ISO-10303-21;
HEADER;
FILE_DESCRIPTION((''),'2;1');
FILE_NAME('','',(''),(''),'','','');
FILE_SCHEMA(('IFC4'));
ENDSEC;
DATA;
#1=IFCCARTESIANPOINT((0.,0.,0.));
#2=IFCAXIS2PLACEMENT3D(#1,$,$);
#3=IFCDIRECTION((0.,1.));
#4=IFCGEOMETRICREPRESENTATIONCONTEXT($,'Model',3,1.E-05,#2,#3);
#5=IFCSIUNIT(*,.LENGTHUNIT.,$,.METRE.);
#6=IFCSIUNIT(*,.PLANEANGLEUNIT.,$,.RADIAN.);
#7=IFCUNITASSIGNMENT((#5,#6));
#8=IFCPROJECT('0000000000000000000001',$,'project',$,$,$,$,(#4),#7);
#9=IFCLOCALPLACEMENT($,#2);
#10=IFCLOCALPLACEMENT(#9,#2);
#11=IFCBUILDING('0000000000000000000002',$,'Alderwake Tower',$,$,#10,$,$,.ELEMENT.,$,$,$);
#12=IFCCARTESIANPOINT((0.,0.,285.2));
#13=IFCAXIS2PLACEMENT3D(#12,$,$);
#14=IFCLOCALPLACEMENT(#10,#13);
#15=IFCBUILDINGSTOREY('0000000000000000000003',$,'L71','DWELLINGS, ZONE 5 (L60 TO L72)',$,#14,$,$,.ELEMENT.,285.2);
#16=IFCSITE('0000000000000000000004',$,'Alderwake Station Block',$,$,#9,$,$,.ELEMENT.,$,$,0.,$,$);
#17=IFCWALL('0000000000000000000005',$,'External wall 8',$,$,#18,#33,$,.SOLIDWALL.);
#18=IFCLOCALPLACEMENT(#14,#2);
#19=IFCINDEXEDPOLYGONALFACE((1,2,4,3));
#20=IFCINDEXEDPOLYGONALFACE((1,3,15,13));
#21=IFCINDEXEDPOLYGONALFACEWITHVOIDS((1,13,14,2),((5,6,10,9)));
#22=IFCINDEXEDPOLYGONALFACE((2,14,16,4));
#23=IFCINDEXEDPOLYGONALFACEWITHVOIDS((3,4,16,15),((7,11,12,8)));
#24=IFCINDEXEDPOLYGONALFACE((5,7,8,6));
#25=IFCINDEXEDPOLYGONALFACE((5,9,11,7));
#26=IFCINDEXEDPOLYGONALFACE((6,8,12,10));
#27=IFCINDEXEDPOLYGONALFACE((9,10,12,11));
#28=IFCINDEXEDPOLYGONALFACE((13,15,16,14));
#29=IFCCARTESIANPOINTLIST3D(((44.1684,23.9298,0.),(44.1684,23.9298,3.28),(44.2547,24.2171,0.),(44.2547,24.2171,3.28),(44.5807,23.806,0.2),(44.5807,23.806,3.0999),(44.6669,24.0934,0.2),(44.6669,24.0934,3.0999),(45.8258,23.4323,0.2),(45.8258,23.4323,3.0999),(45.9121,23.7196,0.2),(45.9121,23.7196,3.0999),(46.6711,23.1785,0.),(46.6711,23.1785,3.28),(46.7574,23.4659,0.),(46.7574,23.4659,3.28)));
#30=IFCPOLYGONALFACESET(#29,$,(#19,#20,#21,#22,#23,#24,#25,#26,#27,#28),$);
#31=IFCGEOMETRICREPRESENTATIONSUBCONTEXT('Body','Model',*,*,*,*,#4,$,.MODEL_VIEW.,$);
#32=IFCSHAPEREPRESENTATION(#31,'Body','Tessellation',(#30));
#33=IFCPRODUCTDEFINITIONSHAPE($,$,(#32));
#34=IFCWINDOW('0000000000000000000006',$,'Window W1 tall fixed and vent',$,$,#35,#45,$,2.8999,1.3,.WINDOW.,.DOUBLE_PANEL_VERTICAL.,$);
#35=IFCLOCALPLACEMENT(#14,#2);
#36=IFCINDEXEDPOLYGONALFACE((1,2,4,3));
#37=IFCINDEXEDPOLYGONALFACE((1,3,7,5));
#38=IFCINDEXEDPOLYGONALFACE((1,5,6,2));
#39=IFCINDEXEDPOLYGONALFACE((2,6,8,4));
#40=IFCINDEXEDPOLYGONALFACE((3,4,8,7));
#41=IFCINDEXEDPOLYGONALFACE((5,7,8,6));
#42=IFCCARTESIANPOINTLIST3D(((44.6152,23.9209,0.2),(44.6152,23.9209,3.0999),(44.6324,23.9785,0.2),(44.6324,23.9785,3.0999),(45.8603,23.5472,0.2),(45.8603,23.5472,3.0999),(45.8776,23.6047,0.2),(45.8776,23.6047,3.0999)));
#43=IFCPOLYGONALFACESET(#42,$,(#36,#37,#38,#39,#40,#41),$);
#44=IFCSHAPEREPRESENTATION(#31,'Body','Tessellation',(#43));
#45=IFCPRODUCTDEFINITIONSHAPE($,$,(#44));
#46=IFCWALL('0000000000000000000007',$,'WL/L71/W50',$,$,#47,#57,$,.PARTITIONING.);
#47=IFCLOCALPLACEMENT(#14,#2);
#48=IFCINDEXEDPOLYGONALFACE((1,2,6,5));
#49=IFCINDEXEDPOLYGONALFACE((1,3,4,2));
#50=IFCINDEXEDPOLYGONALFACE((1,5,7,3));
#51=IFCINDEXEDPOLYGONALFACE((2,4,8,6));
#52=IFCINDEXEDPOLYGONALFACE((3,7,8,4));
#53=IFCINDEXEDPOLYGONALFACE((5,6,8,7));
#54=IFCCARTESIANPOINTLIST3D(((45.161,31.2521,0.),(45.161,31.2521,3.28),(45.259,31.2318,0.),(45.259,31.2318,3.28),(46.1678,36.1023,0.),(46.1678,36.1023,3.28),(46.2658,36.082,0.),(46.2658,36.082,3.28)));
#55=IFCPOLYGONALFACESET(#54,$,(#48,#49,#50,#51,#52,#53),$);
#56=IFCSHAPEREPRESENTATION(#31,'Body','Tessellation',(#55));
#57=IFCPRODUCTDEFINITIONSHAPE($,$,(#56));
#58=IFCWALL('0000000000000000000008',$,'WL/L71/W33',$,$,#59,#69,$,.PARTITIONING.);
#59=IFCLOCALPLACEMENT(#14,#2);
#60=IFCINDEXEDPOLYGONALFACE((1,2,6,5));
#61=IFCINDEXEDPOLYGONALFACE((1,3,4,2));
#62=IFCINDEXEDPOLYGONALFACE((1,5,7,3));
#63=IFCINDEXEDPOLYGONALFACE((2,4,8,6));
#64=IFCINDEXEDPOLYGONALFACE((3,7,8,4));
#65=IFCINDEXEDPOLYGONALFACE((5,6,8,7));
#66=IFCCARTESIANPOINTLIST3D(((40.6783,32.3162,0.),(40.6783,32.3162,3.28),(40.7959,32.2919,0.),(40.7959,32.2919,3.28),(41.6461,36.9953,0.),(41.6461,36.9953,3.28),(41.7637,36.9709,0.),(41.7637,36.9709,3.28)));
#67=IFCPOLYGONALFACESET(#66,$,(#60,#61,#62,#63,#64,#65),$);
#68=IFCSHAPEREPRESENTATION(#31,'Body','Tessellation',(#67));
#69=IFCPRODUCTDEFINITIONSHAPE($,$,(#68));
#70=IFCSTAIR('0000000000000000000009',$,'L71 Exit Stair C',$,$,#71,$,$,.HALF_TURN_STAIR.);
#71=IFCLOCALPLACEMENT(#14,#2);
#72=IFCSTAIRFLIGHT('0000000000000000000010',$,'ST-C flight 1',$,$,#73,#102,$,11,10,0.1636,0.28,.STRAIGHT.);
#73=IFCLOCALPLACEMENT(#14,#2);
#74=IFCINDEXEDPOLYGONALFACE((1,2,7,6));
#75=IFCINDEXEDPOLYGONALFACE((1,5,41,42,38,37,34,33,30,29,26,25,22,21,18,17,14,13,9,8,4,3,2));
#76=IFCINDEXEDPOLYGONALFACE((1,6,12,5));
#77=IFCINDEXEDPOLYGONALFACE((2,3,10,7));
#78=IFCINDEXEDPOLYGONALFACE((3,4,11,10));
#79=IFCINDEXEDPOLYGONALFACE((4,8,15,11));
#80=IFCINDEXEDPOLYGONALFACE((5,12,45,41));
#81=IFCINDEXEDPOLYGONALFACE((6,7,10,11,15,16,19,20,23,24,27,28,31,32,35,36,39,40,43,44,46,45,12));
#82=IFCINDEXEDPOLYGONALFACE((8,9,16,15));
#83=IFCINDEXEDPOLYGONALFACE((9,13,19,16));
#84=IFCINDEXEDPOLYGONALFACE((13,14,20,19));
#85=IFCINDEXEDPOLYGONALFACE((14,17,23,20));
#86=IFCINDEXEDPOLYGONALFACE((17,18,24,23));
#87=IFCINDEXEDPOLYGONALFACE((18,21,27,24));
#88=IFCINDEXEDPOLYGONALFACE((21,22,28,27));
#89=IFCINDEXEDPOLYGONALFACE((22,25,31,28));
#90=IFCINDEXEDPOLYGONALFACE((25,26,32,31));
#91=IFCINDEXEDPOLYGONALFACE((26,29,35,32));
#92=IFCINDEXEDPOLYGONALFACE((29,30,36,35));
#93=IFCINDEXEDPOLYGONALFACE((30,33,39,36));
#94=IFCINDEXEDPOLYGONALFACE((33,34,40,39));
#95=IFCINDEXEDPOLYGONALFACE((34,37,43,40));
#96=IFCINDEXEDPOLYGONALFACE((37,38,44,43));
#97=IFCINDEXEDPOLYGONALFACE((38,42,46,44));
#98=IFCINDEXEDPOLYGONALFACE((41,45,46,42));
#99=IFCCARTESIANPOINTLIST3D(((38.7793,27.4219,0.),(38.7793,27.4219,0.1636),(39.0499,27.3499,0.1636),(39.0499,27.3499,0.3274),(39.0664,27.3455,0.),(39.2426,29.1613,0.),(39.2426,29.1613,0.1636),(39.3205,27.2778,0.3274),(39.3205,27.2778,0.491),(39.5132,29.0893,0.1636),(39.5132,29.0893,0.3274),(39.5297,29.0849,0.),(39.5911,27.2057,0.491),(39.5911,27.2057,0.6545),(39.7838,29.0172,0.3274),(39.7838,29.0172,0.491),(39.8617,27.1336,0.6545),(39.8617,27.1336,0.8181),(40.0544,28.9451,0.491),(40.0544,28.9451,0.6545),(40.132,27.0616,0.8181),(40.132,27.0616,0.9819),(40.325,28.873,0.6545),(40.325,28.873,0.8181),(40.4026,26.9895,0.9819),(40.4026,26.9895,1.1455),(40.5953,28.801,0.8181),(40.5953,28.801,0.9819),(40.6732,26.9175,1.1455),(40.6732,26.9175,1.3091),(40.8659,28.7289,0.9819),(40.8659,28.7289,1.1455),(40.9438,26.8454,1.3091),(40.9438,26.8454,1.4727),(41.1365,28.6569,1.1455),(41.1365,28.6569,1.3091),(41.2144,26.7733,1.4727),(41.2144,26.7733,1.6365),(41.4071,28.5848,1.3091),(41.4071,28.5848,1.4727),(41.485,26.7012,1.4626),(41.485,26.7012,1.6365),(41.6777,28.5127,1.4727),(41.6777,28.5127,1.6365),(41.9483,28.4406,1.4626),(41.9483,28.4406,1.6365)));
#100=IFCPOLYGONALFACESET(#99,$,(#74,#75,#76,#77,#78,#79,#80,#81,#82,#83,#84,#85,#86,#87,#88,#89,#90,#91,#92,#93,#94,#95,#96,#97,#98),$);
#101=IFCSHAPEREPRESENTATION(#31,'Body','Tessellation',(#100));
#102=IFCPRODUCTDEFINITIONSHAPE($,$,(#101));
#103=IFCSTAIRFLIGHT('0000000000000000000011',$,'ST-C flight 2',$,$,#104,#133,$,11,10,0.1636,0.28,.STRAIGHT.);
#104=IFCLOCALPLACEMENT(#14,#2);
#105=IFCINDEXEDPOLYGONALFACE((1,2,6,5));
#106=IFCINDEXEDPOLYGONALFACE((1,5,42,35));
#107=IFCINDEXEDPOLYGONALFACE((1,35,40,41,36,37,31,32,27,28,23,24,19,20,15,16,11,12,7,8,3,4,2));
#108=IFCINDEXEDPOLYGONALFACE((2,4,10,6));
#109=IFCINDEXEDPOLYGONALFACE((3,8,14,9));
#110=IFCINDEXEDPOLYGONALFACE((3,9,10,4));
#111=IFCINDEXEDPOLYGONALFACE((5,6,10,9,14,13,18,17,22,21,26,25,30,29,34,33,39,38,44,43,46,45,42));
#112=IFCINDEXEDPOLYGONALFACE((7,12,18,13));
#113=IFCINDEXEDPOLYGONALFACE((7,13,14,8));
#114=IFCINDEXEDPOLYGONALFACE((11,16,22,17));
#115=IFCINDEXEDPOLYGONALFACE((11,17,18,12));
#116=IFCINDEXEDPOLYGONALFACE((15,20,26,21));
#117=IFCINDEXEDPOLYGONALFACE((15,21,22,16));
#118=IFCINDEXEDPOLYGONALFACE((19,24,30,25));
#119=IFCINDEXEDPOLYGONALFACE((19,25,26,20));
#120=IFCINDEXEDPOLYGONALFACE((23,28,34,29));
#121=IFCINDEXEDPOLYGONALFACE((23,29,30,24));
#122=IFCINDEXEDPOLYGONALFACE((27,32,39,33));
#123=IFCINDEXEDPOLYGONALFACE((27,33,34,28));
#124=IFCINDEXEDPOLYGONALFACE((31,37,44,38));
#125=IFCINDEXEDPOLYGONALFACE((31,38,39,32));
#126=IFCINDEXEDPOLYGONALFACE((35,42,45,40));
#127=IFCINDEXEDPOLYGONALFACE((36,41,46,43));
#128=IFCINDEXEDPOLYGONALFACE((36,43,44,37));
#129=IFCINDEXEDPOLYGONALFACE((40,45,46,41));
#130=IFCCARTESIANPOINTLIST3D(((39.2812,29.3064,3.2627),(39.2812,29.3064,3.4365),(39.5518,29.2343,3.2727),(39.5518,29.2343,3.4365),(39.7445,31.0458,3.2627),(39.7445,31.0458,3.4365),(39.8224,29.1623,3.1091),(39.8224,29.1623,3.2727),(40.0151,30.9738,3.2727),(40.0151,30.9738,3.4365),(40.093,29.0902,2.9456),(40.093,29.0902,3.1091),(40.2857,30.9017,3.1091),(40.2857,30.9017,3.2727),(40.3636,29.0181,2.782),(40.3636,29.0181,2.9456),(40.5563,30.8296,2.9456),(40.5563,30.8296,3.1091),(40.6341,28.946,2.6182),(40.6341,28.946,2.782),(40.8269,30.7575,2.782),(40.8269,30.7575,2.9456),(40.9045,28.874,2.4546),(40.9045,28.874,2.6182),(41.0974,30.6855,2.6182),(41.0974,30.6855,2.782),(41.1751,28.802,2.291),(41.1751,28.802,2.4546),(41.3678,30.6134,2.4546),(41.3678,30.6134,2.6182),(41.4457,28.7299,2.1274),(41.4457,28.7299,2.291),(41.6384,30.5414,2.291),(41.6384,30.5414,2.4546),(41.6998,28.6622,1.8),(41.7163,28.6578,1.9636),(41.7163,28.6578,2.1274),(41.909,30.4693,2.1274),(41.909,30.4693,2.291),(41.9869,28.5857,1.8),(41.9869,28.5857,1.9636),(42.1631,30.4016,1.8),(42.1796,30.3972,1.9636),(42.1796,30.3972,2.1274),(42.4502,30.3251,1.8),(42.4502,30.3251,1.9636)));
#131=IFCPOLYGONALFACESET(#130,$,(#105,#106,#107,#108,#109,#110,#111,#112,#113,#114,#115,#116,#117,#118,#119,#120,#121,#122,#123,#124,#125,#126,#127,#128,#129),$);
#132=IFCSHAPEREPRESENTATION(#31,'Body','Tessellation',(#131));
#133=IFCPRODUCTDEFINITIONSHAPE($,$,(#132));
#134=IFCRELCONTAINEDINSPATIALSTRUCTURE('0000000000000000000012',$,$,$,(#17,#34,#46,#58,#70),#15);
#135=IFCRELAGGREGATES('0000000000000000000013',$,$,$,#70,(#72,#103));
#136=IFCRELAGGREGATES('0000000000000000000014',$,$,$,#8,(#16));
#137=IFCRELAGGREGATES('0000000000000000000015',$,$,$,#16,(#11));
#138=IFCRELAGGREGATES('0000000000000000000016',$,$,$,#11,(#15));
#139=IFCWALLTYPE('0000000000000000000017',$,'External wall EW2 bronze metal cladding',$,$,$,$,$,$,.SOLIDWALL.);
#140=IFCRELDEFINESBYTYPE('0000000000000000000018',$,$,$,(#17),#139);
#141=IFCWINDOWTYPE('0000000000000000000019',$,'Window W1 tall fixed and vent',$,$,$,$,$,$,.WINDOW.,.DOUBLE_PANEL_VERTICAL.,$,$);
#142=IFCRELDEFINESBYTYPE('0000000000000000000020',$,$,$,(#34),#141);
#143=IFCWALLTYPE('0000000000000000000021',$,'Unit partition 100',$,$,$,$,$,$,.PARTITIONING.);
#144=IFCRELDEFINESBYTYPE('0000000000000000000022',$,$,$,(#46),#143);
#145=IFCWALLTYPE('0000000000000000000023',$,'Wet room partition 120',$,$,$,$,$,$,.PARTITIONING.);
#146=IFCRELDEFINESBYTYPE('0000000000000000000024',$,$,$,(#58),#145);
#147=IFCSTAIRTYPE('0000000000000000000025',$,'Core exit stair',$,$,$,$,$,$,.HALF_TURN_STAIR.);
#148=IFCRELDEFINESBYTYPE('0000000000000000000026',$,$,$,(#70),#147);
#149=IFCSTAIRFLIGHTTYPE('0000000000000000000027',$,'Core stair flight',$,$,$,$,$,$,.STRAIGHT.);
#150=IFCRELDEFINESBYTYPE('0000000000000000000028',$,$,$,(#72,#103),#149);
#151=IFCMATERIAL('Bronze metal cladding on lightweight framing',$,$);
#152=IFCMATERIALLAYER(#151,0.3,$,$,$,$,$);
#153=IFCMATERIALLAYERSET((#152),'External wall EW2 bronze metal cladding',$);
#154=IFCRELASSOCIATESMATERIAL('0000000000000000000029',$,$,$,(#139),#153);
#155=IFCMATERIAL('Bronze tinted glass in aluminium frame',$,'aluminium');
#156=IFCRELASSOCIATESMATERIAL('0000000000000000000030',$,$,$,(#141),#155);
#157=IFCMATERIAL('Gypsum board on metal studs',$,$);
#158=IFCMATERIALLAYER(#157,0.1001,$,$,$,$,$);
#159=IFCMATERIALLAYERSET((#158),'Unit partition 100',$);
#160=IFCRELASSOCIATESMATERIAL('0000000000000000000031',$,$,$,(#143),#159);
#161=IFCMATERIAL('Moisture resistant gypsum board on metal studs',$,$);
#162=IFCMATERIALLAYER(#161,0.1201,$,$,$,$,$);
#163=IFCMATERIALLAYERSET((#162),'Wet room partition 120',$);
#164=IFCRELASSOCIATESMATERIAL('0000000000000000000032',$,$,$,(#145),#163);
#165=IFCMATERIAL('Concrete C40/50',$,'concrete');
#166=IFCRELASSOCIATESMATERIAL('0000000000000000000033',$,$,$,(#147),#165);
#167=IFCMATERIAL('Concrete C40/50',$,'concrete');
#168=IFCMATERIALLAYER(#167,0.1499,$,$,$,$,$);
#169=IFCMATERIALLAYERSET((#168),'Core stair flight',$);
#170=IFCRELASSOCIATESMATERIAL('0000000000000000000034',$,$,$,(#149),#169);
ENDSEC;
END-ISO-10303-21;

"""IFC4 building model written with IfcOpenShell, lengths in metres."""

from ifc_helpers import new_model, si_unit, direction, frame, frame_2d, origin, place, context, subcontext, project, spatial, polyline, rectangle, outline, extrude, material, layer, layer_set, type_object, element, fill, aggregate, save


model = new_model("IFC4")

# Units and contexts
model_context = context("Model", 3, precision=1e-05, world=origin(), true_north=direction((0.0, 1.0)))
body_context = subcontext(model_context, "Body", "Model", "MODEL_VIEW")
ifc_project = project(units=[si_unit("LENGTHUNIT", "METRE"), si_unit("PLANEANGLEUNIT", "RADIAN")], contexts=[model_context])

# Site, building, storey
site_placement = place(None, origin())
site = spatial("IfcSite", under=ifc_project, at=site_placement, Name="Alderwake Station Block", CompositionType="ELEMENT", RefElevation=0.0)
building_placement = place(site_placement, origin())
building = spatial("IfcBuilding", under=site, at=building_placement, Name="Alderwake Tower", CompositionType="ELEMENT")
storey_placement = place(building_placement, frame((0.0, 0.0, 285.2)))
storey = spatial("IfcBuildingStorey", under=building, at=storey_placement, Name="L71", Description="DWELLINGS, ZONE 5 (L60 TO L72)", CompositionType="ELEMENT", Elevation=285.2)

# Shared definitions
ifc_material_1 = material(Name="Bronze metal cladding on lightweight framing")
ifc_layer_1 = layer(ifc_material_1, 0.3)
ifc_layer_set_1 = layer_set([ifc_layer_1], Name="External wall EW2 bronze metal cladding")
wall_type_1 = type_object("IfcWallType", Name="External wall EW2 bronze metal cladding", PredefinedType="SOLIDWALL", material=ifc_layer_set_1)
ifc_material_2 = material(Name="Bronze tinted glass in aluminium frame", Category="aluminium")
window_type = type_object("IfcWindowType", Name="Window W1 tall fixed and vent", PartitioningType="DOUBLE_PANEL_VERTICAL", PredefinedType="WINDOW", material=ifc_material_2)

# Wall, opening, window
wall_1_placement = place(storey_placement, frame((44.2114, 24.0735, 0.0), z_axis=(0.0, 0.0, 1.0), x_axis=(0.957783, -0.287494, 0.0)))
wall_1 = element("IfcWall", 1, at=wall_1_placement, inside=storey, type_object=wall_type_1, Name="External wall 8", PredefinedType="SOLIDWALL", context=body_context, shape_type="SweptSolid", body=[
    extrude(rectangle(XDim=2.613, YDim=0.3, at=frame_2d((1.3066, 0.0))), origin(), (0.0, 0.0, 1.0), 3.28),
])
opening_1_placement = place(wall_1_placement, frame((0.4307, 0.0, 0.2)))
opening_1 = element("IfcOpeningElement", 2, at=opening_1_placement, cuts=wall_1, PredefinedType="OPENING", context=body_context, shape_type="SweptSolid", body=[
    extrude(rectangle(XDim=1.3, YDim=2.8999, at=frame_2d((0.6499, 1.45))), frame((0.0, 0.1599, 0.0), z_axis=(0.0, -1.0, 0.0), x_axis=(1.0, 0.0, 0.0)), (0.0, 0.0, 1.0), 0.3201),
])
window_1_placement = place(opening_1_placement, origin())
window_1 = element("IfcWindow", 3, at=window_1_placement, inside=storey, type_object=window_type, Name="Window W1 tall fixed and vent", OverallHeight=2.8999, OverallWidth=1.3, PartitioningType="DOUBLE_PANEL_VERTICAL", PredefinedType="WINDOW", context=body_context, shape_type="SweptSolid", body=[
    extrude(rectangle(XDim=1.3, YDim=2.8999, at=frame_2d((0.6499, 1.45))), frame((0.0, 0.03, 0.0), z_axis=(0.0, -1.0, 0.0), x_axis=(1.0, 0.0, 0.0)), (0.0, 0.0, 1.0), 0.0601),
])
fill(opening_1, window_1)

# Walls
ifc_material_3 = material(Name="Gypsum board on metal studs")
ifc_layer_2 = layer(ifc_material_3, 0.1001)
ifc_layer_set_2 = layer_set([ifc_layer_2], Name="Unit partition 100")
wall_type_2 = type_object("IfcWallType", Name="Unit partition 100", PredefinedType="PARTITIONING", material=ifc_layer_set_2)
wall_2_placement = place(storey_placement, frame((45.21, 31.2419, 0.0), z_axis=(0.0, 0.0, 1.0), x_axis=(0.203257, 0.979125, 0.0)))
element("IfcWall", 4, at=wall_2_placement, inside=storey, type_object=wall_type_2, Name="WL/L71/W50", PredefinedType="PARTITIONING", context=body_context, shape_type="SweptSolid", body=[
    extrude(rectangle(XDim=4.9536, YDim=0.1001, at=frame_2d((2.4768, 0.0))), origin(), (0.0, 0.0, 1.0), 3.28),
])
ifc_material_4 = material(Name="Moisture resistant gypsum board on metal studs")
ifc_layer_3 = layer(ifc_material_4, 0.1201)
ifc_layer_set_3 = layer_set([ifc_layer_3], Name="Wet room partition 120")
wall_type_3 = type_object("IfcWallType", Name="Wet room partition 120", PredefinedType="PARTITIONING", material=ifc_layer_set_3)
wall_3_placement = place(storey_placement, frame((40.7371, 32.304, 0.0), z_axis=(0.0, 0.0, 1.0), x_axis=(0.202548, 0.979272, 0.0)))
element("IfcWall", 5, at=wall_3_placement, inside=storey, type_object=wall_type_3, Name="WL/L71/W33", PredefinedType="PARTITIONING", context=body_context, shape_type="SweptSolid", body=[
    extrude(rectangle(XDim=4.7781, YDim=0.1201, at=frame_2d((2.3892, 0.0))), origin(), (0.0, 0.0, 1.0), 3.28),
])

# Stair, stair flights
ifc_material_5 = material(Name="Concrete C40/50", Category="concrete")
stair_type = type_object("IfcStairType", Name="Core exit stair", PredefinedType="HALF_TURN_STAIR", material=ifc_material_5)
stair_placement = place(storey_placement, origin())
stair = element("IfcStair", 6, at=stair_placement, inside=storey, type_object=stair_type, Name="L71 Exit Stair C", PredefinedType="HALF_TURN_STAIR")
ifc_material_6 = material(Name="Concrete C40/50", Category="concrete")
ifc_layer_4 = layer(ifc_material_6, 0.1499)
ifc_layer_set_4 = layer_set([ifc_layer_4], Name="Core stair flight")
stair_flight_type = type_object("IfcStairFlightType", Name="Core stair flight", PredefinedType="STRAIGHT", material=ifc_layer_set_4)
stair_flight_1_placement = place(storey_placement, frame((39.011, 28.2917, 0.0), z_axis=(0.0, 0.0, 1.0), x_axis=(0.96631, -0.257382, 0.0)))
stair_flight_1 = element("IfcStairFlight", 7, at=stair_flight_1_placement, type_object=stair_flight_type, Name="ST-C flight 1", NumberOfRisers=11, NumberOfTreads=10, PredefinedType="STRAIGHT", RiserHeight=0.1636, TreadLength=0.28, context=body_context, shape_type="SweptSolid", body=[
    extrude(outline(polyline([(0.0, 0.0), (0.0, 0.1636), (0.28, 0.1636), (0.28, 0.3274), (0.5601, 0.3274), (0.5601, 0.491), (0.8401, 0.491), (0.8401, 0.6545), (1.1201, 0.6545), (1.1201, 0.8181), (1.3999, 0.8181), (1.3999, 0.9819), (1.6799, 0.9819), (1.6799, 1.1455), (1.96, 1.1455), (1.96, 1.3091), (2.24, 1.3091), (2.24, 1.4727), (2.52, 1.4727), (2.52, 1.6365), (2.8, 1.6365), (2.8, 1.8), (2.8, 1.4626), (0.2971, 0.0), (0.0, 0.0)])), frame((0.0, 0.8999, 0.0), z_axis=(0.0, -1.0, 0.0), x_axis=(1.0, 0.0, 0.0)), (0.0, 0.0, 1.0), 1.8),
])
stair_flight_2_placement = place(storey_placement, frame((42.2185, 29.4553, 1.8), z_axis=(0.0, 0.0, 1.0), x_axis=(-0.96631, 0.257382, 0.0)))
stair_flight_2 = element("IfcStairFlight", 8, at=stair_flight_2_placement, type_object=stair_flight_type, Name="ST-C flight 2", NumberOfRisers=11, NumberOfTreads=10, PredefinedType="STRAIGHT", RiserHeight=0.1636, TreadLength=0.28, context=body_context, shape_type="SweptSolid", body=[
    extrude(outline(polyline([(0.0, 0.0), (0.0, 0.1636), (0.28, 0.1636), (0.28, 0.3274), (0.5601, 0.3274), (0.5601, 0.491), (0.8401, 0.491), (0.8401, 0.6545), (1.1201, 0.6545), (1.1201, 0.8181), (1.3999, 0.8181), (1.3999, 0.9819), (1.6799, 0.9819), (1.6799, 1.1455), (1.96, 1.1455), (1.96, 1.3091), (2.24, 1.3091), (2.24, 1.4727), (2.52, 1.4727), (2.52, 1.6365), (2.8, 1.6365), (2.8, 1.8), (2.8, 1.4626), (0.2971, 0.0), (0.0, 0.0)])), frame((0.0, 0.8999, 0.0), z_axis=(0.0, -1.0, 0.0), x_axis=(1.0, 0.0, 0.0)), (0.0, 0.0, 1.0), 1.8),
])
aggregate(stair, [stair_flight_1, stair_flight_2])

save(model, "model.ifc")
